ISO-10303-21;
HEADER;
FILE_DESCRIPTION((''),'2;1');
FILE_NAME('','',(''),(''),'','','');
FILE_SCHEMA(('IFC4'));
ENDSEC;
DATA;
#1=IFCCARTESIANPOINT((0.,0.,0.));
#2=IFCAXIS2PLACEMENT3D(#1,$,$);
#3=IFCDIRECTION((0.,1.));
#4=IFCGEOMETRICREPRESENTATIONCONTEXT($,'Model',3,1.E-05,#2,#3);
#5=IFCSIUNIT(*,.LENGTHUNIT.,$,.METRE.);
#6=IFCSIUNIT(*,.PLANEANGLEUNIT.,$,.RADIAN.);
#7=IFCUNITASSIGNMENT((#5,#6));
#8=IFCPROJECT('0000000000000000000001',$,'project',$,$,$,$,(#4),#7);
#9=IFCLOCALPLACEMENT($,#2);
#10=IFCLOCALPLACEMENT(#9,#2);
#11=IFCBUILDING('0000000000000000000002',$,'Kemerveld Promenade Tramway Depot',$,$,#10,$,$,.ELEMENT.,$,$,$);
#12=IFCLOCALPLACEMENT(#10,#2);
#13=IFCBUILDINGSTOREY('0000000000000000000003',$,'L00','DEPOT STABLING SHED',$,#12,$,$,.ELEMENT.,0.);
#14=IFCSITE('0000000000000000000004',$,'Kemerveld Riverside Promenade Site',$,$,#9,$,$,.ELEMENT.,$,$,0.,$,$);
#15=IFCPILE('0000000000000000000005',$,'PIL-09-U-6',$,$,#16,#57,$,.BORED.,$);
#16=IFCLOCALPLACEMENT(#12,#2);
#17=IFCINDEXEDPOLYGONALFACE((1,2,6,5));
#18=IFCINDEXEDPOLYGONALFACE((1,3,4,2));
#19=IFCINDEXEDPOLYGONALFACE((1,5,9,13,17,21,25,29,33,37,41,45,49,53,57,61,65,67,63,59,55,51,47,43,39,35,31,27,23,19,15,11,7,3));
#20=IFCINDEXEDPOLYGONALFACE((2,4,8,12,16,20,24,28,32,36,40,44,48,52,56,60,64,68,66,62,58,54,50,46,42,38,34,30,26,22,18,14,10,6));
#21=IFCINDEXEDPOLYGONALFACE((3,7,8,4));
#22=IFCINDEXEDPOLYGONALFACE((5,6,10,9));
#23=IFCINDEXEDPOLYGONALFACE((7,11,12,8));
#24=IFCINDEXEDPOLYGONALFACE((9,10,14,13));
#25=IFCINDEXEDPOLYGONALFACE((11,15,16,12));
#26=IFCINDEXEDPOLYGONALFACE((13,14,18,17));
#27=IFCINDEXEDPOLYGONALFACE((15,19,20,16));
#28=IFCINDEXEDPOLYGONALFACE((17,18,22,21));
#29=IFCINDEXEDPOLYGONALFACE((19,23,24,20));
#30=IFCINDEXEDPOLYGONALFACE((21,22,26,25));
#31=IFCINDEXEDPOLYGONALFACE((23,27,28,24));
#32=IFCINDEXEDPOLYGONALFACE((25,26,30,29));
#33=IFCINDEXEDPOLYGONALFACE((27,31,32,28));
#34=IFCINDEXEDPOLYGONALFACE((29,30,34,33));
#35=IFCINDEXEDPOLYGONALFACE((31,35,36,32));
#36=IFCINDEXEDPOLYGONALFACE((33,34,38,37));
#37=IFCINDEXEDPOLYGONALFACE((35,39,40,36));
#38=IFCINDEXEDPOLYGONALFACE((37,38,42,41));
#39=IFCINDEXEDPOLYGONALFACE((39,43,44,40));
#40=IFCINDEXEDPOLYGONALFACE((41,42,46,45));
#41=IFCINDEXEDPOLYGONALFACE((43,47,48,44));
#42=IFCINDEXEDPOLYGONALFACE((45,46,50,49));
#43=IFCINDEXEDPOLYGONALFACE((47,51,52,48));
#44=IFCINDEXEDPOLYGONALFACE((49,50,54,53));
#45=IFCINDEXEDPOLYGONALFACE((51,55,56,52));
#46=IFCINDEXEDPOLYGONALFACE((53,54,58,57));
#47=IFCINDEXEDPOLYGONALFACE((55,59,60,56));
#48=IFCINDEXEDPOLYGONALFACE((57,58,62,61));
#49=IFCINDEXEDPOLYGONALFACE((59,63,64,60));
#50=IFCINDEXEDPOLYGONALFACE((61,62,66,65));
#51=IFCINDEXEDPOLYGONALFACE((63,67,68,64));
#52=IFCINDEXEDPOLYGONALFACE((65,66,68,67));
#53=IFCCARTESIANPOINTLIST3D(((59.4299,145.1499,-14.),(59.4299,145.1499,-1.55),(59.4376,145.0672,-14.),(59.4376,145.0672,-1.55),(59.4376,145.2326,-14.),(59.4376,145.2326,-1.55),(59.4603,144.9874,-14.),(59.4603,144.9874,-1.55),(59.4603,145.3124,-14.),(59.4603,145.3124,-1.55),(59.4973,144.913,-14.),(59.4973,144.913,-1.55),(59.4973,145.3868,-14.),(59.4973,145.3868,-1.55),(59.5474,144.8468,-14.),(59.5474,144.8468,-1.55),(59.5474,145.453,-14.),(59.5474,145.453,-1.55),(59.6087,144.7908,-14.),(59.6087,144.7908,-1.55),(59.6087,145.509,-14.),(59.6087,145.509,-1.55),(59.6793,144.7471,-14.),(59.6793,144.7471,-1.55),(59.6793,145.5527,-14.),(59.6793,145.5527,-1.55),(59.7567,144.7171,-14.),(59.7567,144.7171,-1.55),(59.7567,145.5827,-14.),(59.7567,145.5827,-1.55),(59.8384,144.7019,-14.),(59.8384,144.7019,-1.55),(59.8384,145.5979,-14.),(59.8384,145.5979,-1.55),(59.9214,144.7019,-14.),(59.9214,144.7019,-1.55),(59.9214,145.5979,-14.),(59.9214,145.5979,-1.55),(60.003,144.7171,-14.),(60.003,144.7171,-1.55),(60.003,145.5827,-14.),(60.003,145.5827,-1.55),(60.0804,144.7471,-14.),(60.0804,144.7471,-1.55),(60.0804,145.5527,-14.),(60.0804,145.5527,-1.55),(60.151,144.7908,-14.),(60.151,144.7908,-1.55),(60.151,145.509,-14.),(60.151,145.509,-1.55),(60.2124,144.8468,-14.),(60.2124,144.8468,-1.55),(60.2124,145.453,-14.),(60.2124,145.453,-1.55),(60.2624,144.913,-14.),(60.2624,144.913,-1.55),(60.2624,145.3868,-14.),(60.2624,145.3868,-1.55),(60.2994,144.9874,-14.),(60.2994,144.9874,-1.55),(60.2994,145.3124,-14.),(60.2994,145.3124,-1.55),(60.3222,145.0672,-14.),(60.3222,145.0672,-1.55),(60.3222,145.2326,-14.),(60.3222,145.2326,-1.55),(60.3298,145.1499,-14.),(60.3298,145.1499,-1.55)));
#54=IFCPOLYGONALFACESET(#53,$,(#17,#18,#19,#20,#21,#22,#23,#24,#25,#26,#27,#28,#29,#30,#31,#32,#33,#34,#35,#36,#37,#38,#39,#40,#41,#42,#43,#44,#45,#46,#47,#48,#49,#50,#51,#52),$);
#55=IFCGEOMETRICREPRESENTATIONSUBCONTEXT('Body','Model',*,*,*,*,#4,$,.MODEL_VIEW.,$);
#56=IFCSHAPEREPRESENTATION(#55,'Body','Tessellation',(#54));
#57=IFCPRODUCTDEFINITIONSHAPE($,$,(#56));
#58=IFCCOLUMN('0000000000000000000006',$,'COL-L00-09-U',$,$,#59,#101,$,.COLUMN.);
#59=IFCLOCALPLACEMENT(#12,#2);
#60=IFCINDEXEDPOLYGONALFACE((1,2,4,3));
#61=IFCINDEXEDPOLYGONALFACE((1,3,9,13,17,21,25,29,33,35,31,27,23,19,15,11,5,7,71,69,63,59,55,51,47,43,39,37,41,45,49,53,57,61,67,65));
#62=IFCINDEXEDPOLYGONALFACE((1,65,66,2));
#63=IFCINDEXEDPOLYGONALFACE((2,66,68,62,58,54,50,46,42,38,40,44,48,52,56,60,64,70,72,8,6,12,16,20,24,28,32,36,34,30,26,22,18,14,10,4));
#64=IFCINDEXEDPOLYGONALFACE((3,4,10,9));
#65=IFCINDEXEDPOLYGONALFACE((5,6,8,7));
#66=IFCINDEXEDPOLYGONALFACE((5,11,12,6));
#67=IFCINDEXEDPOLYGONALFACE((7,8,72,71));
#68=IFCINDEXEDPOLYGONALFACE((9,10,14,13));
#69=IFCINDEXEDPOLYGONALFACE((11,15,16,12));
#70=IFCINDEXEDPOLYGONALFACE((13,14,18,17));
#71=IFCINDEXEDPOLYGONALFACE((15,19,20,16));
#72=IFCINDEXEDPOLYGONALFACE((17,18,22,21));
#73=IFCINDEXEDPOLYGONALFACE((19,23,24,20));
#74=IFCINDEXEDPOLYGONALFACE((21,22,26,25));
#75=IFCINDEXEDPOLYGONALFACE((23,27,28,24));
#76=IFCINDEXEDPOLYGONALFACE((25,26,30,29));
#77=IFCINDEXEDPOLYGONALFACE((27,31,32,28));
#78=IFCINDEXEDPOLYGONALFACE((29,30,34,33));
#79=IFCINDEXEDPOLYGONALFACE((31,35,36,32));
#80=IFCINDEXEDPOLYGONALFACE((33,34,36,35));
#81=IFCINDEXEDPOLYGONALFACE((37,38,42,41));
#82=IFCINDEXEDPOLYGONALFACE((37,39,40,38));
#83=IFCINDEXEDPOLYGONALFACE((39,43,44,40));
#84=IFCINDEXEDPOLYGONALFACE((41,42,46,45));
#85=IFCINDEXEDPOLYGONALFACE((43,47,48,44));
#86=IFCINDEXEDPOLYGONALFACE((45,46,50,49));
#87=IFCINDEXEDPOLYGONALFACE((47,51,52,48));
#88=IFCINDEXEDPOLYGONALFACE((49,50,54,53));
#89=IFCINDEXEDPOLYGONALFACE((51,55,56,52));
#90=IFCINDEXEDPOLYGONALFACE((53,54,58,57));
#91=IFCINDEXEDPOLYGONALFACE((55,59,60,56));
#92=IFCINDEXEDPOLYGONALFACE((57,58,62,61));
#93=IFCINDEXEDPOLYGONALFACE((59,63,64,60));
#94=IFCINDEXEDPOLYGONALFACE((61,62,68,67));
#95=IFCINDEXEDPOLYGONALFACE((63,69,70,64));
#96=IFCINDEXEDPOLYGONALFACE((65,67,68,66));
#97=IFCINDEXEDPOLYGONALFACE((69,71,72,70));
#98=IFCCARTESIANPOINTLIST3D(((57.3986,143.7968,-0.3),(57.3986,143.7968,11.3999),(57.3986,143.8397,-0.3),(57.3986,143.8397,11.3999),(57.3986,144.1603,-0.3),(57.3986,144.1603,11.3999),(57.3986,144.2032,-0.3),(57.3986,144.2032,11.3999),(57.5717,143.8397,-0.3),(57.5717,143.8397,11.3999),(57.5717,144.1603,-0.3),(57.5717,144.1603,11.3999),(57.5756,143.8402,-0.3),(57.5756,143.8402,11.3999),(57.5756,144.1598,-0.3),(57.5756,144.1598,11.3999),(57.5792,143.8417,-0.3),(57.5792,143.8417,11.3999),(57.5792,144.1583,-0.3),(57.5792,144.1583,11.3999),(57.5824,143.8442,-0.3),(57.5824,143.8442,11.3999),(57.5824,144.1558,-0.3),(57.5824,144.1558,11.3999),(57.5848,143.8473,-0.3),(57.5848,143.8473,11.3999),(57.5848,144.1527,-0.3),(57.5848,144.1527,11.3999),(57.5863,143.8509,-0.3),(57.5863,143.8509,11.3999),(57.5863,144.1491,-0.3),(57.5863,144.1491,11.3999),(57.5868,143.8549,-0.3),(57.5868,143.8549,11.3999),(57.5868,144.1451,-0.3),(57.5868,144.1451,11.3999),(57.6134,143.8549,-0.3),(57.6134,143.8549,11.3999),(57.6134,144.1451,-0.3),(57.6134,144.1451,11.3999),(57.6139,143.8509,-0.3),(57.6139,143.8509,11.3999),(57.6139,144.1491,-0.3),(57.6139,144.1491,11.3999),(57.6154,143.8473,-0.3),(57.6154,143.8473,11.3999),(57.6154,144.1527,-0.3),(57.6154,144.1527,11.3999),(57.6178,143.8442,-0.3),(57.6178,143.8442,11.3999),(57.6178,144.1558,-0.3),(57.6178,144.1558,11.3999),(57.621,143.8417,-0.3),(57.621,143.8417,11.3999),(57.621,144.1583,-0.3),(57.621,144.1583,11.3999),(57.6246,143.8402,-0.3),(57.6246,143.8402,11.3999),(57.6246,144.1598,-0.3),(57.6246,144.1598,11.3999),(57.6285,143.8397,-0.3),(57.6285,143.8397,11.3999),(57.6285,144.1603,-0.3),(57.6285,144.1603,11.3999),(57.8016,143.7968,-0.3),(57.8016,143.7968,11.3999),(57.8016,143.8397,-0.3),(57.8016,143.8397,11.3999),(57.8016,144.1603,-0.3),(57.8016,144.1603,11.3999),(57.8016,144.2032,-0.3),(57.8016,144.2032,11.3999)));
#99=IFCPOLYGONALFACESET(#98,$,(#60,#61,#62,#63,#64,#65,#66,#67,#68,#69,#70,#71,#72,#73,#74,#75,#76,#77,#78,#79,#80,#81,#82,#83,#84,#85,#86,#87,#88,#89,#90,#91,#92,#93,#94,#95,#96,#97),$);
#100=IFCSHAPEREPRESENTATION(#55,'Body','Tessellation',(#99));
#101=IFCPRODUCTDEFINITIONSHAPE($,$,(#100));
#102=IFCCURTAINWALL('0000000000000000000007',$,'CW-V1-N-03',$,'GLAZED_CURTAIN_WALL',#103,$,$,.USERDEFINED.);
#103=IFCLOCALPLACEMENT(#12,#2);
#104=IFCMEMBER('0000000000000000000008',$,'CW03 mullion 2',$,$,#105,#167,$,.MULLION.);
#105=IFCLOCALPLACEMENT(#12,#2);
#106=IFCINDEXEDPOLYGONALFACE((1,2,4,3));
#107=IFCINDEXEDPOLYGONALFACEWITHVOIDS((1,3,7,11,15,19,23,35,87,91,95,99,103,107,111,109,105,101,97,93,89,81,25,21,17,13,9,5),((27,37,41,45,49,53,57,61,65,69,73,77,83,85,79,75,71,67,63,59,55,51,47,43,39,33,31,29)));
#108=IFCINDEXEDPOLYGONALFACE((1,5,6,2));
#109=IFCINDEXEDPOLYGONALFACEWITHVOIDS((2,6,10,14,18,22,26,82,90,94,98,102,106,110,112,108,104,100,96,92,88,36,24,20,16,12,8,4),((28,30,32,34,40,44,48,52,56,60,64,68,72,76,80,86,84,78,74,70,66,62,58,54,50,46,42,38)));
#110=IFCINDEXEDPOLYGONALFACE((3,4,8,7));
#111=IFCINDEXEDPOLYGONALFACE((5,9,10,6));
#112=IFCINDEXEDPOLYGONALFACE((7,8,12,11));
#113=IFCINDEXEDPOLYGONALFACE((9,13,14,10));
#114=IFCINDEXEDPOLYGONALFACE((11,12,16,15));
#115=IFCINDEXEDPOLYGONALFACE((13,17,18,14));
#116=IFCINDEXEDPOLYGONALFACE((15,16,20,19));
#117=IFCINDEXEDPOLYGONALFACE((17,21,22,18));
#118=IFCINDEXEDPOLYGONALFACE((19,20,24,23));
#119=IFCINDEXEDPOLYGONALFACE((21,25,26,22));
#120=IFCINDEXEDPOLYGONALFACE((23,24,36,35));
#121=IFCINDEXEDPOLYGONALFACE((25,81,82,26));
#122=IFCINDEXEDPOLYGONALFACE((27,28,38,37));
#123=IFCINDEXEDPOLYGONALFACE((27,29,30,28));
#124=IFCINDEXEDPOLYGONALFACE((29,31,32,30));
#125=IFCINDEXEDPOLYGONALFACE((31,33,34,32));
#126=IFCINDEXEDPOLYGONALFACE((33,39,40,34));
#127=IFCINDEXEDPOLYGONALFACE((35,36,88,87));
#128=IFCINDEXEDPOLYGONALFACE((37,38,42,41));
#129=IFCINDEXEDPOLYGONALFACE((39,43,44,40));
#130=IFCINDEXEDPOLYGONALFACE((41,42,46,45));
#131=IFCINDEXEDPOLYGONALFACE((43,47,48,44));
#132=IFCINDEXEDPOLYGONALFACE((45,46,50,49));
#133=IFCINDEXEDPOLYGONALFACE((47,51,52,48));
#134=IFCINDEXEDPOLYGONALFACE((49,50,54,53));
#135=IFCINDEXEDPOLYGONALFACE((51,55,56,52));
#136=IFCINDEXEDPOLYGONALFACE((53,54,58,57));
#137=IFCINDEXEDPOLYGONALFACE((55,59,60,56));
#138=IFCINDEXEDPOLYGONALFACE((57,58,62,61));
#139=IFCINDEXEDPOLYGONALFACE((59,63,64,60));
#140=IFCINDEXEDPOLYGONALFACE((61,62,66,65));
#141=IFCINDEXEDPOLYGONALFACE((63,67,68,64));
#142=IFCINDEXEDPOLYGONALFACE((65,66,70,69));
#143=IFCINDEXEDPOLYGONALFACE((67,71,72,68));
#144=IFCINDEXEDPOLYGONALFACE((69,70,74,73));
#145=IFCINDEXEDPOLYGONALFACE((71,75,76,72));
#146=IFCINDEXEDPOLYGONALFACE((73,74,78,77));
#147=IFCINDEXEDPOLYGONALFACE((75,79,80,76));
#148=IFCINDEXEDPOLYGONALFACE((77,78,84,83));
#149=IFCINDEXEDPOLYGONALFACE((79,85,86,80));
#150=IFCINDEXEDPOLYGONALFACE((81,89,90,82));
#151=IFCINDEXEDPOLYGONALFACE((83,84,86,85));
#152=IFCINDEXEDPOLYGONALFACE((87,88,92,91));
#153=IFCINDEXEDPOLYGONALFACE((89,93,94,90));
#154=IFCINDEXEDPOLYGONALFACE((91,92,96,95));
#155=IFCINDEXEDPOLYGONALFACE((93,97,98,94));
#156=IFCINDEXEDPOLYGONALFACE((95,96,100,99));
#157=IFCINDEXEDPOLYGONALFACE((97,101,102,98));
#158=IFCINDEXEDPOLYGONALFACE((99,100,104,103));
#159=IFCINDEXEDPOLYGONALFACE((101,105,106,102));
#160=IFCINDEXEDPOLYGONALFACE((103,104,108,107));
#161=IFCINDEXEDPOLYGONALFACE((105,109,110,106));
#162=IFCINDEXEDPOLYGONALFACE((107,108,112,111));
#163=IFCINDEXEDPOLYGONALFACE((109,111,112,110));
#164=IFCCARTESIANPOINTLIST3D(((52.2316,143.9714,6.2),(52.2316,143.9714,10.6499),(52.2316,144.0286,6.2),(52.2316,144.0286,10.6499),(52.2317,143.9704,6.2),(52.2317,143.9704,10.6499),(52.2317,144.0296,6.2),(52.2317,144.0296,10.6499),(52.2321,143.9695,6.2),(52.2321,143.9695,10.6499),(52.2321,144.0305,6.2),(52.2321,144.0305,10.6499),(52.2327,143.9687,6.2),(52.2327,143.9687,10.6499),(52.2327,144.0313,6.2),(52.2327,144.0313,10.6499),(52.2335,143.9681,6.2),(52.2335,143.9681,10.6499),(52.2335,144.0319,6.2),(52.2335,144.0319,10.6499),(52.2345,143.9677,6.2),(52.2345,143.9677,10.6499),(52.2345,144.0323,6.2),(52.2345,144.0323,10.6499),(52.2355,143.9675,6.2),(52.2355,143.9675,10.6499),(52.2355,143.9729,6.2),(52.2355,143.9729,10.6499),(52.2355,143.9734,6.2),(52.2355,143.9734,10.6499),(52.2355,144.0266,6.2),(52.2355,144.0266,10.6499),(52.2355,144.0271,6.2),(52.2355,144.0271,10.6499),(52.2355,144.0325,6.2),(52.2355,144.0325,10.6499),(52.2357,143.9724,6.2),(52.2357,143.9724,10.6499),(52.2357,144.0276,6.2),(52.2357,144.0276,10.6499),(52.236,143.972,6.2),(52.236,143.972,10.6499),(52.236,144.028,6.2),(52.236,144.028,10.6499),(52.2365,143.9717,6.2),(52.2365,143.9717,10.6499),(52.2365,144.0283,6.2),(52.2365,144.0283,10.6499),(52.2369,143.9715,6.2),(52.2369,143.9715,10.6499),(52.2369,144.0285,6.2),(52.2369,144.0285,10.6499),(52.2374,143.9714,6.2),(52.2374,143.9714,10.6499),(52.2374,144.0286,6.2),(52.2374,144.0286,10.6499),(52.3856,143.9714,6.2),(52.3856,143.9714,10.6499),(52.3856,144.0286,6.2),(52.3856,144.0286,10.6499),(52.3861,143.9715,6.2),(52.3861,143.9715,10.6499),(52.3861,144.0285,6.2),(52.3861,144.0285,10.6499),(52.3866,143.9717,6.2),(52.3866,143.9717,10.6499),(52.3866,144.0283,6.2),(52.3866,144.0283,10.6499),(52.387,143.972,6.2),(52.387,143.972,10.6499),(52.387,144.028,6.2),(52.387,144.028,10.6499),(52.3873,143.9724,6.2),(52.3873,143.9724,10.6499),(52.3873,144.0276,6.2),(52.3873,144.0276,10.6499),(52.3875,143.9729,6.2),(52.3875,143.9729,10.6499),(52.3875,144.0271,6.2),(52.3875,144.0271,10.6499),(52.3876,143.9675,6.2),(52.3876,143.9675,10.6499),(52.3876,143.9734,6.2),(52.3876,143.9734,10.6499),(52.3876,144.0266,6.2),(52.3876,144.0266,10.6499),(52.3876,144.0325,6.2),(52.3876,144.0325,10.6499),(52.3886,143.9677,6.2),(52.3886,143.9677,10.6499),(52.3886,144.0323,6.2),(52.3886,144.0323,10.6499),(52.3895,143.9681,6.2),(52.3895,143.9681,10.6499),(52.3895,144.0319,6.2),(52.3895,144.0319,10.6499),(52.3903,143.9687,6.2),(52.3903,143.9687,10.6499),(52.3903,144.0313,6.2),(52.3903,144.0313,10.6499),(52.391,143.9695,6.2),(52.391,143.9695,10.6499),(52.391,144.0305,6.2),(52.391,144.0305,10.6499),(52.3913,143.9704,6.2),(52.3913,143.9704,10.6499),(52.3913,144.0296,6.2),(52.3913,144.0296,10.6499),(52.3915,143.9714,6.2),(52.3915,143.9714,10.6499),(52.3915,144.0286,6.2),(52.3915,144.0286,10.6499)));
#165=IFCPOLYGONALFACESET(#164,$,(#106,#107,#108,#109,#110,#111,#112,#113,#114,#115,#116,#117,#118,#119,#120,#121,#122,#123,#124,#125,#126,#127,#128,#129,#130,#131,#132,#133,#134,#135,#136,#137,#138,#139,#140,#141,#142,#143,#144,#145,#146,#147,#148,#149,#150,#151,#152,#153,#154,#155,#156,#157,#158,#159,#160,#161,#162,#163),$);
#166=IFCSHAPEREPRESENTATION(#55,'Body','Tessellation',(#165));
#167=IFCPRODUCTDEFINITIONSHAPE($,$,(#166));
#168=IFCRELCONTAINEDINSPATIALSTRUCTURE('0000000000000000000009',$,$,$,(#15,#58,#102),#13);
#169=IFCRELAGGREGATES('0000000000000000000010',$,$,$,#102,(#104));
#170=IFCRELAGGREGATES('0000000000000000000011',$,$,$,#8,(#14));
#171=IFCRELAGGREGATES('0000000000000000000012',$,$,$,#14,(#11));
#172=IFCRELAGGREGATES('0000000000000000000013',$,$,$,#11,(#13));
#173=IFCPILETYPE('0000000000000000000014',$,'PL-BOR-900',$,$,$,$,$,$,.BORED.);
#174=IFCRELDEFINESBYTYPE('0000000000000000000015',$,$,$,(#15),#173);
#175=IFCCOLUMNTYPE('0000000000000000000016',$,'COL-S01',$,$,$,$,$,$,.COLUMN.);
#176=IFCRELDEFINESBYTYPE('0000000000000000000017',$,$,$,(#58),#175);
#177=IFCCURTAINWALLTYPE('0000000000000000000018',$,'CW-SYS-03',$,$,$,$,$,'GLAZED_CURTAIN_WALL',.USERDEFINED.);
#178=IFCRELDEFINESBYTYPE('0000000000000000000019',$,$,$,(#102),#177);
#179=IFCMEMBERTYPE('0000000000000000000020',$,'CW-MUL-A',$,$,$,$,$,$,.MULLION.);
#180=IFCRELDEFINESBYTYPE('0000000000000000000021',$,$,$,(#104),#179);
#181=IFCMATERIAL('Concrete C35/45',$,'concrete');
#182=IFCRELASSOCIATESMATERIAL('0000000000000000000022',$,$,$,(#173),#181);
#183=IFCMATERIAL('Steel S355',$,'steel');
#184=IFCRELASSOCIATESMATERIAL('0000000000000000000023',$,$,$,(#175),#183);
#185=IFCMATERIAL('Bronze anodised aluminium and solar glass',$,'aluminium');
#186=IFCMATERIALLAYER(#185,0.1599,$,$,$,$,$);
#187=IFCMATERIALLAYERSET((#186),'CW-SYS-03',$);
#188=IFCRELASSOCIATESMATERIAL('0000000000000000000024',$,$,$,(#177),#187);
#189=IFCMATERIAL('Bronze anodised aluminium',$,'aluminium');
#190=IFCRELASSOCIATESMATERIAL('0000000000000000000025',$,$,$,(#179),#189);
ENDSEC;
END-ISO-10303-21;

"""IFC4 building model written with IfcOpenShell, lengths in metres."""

from ifc_helpers import new_model, si_unit, direction, frame, origin, origin_2d, place, context, subcontext, project, spatial, hollow_rectangle, circle, i_section, extrude, material, layer, layer_set, material_profile, profile_set, type_object, element, aggregate, save


model = new_model("IFC4")

# Units and contexts
model_context = context("Model", 3, precision=1e-05, world=origin(), true_north=direction((0.0, 1.0)))
body_context = subcontext(model_context, "Body", "Model", "MODEL_VIEW")
ifc_project = project(units=[si_unit("LENGTHUNIT", "METRE"), si_unit("PLANEANGLEUNIT", "RADIAN")], contexts=[model_context])

# Site, building, storey
site_placement = place(None, origin())
site = spatial("IfcSite", under=ifc_project, at=site_placement, Name="Kemerveld Riverside Promenade Site", CompositionType="ELEMENT", RefElevation=0.0)
building_placement = place(site_placement, origin())
building = spatial("IfcBuilding", under=site, at=building_placement, Name="Kemerveld Promenade Tramway Depot", CompositionType="ELEMENT")
storey_placement = place(building_placement, origin())
storey = spatial("IfcBuildingStorey", under=building, at=storey_placement, Name="L00", Description="DEPOT STABLING SHED", CompositionType="ELEMENT", Elevation=0.0)

# Shared definitions
ifc_material_1 = material(Name="Concrete C35/45", Category="concrete")

# Pile
ifc_material_profile_1 = material_profile(ifc_material_1, circle(Radius=0.45, at=origin_2d()), Name="PILE-D900")
ifc_profile_set_1 = profile_set([ifc_material_profile_1], Name="Concrete C35/45")
pile_type_1 = type_object("IfcPileType", Name="PL-BOR-900", PredefinedType="BORED", material=ifc_profile_set_1)
for number, where, z_axis, x_axis, name in (
    (1, (59.8799, 145.1499, -1.55), (0.0, 0.0, -1.0), (1.0, 0.0, 0.0), "PIL-09-U-6"),
):
    element("IfcPile", number, at=place(storey_placement, frame(where, z_axis=z_axis, x_axis=x_axis)), inside=storey, type_object=pile_type_1, Name=name, PredefinedType="BORED", context=body_context, shape_type="SweptSolid", body=[
        extrude(circle(Radius=0.45, at=origin_2d()), origin(), (0.0, 0.0, 1.0), 12.45),
    ])

# Column
ifc_material_2 = material(Name="Steel S355", Category="steel")
ifc_material_profile_2 = material_profile(ifc_material_2, i_section(OverallWidth=0.4031, OverallDepth=0.4065, WebThickness=0.0266, FlangeThickness=0.043, FilletRadius=0.0151, at=origin_2d()), Name="356x406x340 UC")
ifc_profile_set_2 = profile_set([ifc_material_profile_2], Name="Steel S355")
column_type = type_object("IfcColumnType", Name="COL-S01", PredefinedType="COLUMN", material=ifc_profile_set_2)
column_placement = place(storey_placement, frame((57.6001, 144.0, -0.3), z_axis=(0.0, 0.0, 1.0), x_axis=(1.0, 0.0, 0.0)))
element("IfcColumn", 2, at=column_placement, inside=storey, type_object=column_type, Name="COL-L00-09-U", PredefinedType="COLUMN", context=body_context, shape_type="SweptSolid", body=[
    extrude(i_section(OverallWidth=0.4031, OverallDepth=0.4065, WebThickness=0.0266, FlangeThickness=0.043, FilletRadius=0.0151, at=origin_2d()), origin(), (0.0, 0.0, 1.0), 11.7),
])

# Curtain wall, member
ifc_material_3 = material(Name="Bronze anodised aluminium and solar glass", Category="aluminium")
ifc_layer_1 = layer(ifc_material_3, 0.1599)
ifc_layer_set_1 = layer_set([ifc_layer_1], Name="CW-SYS-03")
curtain_wall_type_1 = type_object("IfcCurtainWallType", Name="CW-SYS-03", ElementType="GLAZED_CURTAIN_WALL", PredefinedType="USERDEFINED", material=ifc_layer_set_1)
curtain_wall_1_placement = place(storey_placement, origin())
curtain_wall_1 = element("IfcCurtainWall", 3, at=curtain_wall_1_placement, inside=storey, type_object=curtain_wall_type_1, Name="CW-V1-N-03", ObjectType="GLAZED_CURTAIN_WALL", PredefinedType="USERDEFINED")
ifc_material_4 = material(Name="Bronze anodised aluminium", Category="aluminium")
ifc_material_profile_3 = material_profile(ifc_material_4, hollow_rectangle(XDim=0.0649, YDim=0.1599, WallThickness=0.0039, InnerFilletRadius=0.002, OuterFilletRadius=0.0039, at=origin_2d()), Name="CW-MUL-160x65")
ifc_profile_set_3 = profile_set([ifc_material_profile_3], Name="Bronze anodised aluminium")
member_type_1 = type_object("IfcMemberType", Name="CW-MUL-A", PredefinedType="MULLION", material=ifc_profile_set_3)
member_1_placement = place(storey_placement, frame((52.3115, 144.0, 6.2), z_axis=(0.0, 0.0, 1.0), x_axis=(0.0, 1.0, 0.0)))
member_1 = element("IfcMember", 4, at=member_1_placement, type_object=member_type_1, Name="CW03 mullion 2", PredefinedType="MULLION", context=body_context, shape_type="SweptSolid", body=[
    extrude(hollow_rectangle(XDim=0.0649, YDim=0.1599, WallThickness=0.0039, InnerFilletRadius=0.002, OuterFilletRadius=0.0039, at=origin_2d()), origin(), (0.0, 0.0, 1.0), 4.45),
])

aggregate(curtain_wall_1, [member_1])

save(model, "model.ifc")
